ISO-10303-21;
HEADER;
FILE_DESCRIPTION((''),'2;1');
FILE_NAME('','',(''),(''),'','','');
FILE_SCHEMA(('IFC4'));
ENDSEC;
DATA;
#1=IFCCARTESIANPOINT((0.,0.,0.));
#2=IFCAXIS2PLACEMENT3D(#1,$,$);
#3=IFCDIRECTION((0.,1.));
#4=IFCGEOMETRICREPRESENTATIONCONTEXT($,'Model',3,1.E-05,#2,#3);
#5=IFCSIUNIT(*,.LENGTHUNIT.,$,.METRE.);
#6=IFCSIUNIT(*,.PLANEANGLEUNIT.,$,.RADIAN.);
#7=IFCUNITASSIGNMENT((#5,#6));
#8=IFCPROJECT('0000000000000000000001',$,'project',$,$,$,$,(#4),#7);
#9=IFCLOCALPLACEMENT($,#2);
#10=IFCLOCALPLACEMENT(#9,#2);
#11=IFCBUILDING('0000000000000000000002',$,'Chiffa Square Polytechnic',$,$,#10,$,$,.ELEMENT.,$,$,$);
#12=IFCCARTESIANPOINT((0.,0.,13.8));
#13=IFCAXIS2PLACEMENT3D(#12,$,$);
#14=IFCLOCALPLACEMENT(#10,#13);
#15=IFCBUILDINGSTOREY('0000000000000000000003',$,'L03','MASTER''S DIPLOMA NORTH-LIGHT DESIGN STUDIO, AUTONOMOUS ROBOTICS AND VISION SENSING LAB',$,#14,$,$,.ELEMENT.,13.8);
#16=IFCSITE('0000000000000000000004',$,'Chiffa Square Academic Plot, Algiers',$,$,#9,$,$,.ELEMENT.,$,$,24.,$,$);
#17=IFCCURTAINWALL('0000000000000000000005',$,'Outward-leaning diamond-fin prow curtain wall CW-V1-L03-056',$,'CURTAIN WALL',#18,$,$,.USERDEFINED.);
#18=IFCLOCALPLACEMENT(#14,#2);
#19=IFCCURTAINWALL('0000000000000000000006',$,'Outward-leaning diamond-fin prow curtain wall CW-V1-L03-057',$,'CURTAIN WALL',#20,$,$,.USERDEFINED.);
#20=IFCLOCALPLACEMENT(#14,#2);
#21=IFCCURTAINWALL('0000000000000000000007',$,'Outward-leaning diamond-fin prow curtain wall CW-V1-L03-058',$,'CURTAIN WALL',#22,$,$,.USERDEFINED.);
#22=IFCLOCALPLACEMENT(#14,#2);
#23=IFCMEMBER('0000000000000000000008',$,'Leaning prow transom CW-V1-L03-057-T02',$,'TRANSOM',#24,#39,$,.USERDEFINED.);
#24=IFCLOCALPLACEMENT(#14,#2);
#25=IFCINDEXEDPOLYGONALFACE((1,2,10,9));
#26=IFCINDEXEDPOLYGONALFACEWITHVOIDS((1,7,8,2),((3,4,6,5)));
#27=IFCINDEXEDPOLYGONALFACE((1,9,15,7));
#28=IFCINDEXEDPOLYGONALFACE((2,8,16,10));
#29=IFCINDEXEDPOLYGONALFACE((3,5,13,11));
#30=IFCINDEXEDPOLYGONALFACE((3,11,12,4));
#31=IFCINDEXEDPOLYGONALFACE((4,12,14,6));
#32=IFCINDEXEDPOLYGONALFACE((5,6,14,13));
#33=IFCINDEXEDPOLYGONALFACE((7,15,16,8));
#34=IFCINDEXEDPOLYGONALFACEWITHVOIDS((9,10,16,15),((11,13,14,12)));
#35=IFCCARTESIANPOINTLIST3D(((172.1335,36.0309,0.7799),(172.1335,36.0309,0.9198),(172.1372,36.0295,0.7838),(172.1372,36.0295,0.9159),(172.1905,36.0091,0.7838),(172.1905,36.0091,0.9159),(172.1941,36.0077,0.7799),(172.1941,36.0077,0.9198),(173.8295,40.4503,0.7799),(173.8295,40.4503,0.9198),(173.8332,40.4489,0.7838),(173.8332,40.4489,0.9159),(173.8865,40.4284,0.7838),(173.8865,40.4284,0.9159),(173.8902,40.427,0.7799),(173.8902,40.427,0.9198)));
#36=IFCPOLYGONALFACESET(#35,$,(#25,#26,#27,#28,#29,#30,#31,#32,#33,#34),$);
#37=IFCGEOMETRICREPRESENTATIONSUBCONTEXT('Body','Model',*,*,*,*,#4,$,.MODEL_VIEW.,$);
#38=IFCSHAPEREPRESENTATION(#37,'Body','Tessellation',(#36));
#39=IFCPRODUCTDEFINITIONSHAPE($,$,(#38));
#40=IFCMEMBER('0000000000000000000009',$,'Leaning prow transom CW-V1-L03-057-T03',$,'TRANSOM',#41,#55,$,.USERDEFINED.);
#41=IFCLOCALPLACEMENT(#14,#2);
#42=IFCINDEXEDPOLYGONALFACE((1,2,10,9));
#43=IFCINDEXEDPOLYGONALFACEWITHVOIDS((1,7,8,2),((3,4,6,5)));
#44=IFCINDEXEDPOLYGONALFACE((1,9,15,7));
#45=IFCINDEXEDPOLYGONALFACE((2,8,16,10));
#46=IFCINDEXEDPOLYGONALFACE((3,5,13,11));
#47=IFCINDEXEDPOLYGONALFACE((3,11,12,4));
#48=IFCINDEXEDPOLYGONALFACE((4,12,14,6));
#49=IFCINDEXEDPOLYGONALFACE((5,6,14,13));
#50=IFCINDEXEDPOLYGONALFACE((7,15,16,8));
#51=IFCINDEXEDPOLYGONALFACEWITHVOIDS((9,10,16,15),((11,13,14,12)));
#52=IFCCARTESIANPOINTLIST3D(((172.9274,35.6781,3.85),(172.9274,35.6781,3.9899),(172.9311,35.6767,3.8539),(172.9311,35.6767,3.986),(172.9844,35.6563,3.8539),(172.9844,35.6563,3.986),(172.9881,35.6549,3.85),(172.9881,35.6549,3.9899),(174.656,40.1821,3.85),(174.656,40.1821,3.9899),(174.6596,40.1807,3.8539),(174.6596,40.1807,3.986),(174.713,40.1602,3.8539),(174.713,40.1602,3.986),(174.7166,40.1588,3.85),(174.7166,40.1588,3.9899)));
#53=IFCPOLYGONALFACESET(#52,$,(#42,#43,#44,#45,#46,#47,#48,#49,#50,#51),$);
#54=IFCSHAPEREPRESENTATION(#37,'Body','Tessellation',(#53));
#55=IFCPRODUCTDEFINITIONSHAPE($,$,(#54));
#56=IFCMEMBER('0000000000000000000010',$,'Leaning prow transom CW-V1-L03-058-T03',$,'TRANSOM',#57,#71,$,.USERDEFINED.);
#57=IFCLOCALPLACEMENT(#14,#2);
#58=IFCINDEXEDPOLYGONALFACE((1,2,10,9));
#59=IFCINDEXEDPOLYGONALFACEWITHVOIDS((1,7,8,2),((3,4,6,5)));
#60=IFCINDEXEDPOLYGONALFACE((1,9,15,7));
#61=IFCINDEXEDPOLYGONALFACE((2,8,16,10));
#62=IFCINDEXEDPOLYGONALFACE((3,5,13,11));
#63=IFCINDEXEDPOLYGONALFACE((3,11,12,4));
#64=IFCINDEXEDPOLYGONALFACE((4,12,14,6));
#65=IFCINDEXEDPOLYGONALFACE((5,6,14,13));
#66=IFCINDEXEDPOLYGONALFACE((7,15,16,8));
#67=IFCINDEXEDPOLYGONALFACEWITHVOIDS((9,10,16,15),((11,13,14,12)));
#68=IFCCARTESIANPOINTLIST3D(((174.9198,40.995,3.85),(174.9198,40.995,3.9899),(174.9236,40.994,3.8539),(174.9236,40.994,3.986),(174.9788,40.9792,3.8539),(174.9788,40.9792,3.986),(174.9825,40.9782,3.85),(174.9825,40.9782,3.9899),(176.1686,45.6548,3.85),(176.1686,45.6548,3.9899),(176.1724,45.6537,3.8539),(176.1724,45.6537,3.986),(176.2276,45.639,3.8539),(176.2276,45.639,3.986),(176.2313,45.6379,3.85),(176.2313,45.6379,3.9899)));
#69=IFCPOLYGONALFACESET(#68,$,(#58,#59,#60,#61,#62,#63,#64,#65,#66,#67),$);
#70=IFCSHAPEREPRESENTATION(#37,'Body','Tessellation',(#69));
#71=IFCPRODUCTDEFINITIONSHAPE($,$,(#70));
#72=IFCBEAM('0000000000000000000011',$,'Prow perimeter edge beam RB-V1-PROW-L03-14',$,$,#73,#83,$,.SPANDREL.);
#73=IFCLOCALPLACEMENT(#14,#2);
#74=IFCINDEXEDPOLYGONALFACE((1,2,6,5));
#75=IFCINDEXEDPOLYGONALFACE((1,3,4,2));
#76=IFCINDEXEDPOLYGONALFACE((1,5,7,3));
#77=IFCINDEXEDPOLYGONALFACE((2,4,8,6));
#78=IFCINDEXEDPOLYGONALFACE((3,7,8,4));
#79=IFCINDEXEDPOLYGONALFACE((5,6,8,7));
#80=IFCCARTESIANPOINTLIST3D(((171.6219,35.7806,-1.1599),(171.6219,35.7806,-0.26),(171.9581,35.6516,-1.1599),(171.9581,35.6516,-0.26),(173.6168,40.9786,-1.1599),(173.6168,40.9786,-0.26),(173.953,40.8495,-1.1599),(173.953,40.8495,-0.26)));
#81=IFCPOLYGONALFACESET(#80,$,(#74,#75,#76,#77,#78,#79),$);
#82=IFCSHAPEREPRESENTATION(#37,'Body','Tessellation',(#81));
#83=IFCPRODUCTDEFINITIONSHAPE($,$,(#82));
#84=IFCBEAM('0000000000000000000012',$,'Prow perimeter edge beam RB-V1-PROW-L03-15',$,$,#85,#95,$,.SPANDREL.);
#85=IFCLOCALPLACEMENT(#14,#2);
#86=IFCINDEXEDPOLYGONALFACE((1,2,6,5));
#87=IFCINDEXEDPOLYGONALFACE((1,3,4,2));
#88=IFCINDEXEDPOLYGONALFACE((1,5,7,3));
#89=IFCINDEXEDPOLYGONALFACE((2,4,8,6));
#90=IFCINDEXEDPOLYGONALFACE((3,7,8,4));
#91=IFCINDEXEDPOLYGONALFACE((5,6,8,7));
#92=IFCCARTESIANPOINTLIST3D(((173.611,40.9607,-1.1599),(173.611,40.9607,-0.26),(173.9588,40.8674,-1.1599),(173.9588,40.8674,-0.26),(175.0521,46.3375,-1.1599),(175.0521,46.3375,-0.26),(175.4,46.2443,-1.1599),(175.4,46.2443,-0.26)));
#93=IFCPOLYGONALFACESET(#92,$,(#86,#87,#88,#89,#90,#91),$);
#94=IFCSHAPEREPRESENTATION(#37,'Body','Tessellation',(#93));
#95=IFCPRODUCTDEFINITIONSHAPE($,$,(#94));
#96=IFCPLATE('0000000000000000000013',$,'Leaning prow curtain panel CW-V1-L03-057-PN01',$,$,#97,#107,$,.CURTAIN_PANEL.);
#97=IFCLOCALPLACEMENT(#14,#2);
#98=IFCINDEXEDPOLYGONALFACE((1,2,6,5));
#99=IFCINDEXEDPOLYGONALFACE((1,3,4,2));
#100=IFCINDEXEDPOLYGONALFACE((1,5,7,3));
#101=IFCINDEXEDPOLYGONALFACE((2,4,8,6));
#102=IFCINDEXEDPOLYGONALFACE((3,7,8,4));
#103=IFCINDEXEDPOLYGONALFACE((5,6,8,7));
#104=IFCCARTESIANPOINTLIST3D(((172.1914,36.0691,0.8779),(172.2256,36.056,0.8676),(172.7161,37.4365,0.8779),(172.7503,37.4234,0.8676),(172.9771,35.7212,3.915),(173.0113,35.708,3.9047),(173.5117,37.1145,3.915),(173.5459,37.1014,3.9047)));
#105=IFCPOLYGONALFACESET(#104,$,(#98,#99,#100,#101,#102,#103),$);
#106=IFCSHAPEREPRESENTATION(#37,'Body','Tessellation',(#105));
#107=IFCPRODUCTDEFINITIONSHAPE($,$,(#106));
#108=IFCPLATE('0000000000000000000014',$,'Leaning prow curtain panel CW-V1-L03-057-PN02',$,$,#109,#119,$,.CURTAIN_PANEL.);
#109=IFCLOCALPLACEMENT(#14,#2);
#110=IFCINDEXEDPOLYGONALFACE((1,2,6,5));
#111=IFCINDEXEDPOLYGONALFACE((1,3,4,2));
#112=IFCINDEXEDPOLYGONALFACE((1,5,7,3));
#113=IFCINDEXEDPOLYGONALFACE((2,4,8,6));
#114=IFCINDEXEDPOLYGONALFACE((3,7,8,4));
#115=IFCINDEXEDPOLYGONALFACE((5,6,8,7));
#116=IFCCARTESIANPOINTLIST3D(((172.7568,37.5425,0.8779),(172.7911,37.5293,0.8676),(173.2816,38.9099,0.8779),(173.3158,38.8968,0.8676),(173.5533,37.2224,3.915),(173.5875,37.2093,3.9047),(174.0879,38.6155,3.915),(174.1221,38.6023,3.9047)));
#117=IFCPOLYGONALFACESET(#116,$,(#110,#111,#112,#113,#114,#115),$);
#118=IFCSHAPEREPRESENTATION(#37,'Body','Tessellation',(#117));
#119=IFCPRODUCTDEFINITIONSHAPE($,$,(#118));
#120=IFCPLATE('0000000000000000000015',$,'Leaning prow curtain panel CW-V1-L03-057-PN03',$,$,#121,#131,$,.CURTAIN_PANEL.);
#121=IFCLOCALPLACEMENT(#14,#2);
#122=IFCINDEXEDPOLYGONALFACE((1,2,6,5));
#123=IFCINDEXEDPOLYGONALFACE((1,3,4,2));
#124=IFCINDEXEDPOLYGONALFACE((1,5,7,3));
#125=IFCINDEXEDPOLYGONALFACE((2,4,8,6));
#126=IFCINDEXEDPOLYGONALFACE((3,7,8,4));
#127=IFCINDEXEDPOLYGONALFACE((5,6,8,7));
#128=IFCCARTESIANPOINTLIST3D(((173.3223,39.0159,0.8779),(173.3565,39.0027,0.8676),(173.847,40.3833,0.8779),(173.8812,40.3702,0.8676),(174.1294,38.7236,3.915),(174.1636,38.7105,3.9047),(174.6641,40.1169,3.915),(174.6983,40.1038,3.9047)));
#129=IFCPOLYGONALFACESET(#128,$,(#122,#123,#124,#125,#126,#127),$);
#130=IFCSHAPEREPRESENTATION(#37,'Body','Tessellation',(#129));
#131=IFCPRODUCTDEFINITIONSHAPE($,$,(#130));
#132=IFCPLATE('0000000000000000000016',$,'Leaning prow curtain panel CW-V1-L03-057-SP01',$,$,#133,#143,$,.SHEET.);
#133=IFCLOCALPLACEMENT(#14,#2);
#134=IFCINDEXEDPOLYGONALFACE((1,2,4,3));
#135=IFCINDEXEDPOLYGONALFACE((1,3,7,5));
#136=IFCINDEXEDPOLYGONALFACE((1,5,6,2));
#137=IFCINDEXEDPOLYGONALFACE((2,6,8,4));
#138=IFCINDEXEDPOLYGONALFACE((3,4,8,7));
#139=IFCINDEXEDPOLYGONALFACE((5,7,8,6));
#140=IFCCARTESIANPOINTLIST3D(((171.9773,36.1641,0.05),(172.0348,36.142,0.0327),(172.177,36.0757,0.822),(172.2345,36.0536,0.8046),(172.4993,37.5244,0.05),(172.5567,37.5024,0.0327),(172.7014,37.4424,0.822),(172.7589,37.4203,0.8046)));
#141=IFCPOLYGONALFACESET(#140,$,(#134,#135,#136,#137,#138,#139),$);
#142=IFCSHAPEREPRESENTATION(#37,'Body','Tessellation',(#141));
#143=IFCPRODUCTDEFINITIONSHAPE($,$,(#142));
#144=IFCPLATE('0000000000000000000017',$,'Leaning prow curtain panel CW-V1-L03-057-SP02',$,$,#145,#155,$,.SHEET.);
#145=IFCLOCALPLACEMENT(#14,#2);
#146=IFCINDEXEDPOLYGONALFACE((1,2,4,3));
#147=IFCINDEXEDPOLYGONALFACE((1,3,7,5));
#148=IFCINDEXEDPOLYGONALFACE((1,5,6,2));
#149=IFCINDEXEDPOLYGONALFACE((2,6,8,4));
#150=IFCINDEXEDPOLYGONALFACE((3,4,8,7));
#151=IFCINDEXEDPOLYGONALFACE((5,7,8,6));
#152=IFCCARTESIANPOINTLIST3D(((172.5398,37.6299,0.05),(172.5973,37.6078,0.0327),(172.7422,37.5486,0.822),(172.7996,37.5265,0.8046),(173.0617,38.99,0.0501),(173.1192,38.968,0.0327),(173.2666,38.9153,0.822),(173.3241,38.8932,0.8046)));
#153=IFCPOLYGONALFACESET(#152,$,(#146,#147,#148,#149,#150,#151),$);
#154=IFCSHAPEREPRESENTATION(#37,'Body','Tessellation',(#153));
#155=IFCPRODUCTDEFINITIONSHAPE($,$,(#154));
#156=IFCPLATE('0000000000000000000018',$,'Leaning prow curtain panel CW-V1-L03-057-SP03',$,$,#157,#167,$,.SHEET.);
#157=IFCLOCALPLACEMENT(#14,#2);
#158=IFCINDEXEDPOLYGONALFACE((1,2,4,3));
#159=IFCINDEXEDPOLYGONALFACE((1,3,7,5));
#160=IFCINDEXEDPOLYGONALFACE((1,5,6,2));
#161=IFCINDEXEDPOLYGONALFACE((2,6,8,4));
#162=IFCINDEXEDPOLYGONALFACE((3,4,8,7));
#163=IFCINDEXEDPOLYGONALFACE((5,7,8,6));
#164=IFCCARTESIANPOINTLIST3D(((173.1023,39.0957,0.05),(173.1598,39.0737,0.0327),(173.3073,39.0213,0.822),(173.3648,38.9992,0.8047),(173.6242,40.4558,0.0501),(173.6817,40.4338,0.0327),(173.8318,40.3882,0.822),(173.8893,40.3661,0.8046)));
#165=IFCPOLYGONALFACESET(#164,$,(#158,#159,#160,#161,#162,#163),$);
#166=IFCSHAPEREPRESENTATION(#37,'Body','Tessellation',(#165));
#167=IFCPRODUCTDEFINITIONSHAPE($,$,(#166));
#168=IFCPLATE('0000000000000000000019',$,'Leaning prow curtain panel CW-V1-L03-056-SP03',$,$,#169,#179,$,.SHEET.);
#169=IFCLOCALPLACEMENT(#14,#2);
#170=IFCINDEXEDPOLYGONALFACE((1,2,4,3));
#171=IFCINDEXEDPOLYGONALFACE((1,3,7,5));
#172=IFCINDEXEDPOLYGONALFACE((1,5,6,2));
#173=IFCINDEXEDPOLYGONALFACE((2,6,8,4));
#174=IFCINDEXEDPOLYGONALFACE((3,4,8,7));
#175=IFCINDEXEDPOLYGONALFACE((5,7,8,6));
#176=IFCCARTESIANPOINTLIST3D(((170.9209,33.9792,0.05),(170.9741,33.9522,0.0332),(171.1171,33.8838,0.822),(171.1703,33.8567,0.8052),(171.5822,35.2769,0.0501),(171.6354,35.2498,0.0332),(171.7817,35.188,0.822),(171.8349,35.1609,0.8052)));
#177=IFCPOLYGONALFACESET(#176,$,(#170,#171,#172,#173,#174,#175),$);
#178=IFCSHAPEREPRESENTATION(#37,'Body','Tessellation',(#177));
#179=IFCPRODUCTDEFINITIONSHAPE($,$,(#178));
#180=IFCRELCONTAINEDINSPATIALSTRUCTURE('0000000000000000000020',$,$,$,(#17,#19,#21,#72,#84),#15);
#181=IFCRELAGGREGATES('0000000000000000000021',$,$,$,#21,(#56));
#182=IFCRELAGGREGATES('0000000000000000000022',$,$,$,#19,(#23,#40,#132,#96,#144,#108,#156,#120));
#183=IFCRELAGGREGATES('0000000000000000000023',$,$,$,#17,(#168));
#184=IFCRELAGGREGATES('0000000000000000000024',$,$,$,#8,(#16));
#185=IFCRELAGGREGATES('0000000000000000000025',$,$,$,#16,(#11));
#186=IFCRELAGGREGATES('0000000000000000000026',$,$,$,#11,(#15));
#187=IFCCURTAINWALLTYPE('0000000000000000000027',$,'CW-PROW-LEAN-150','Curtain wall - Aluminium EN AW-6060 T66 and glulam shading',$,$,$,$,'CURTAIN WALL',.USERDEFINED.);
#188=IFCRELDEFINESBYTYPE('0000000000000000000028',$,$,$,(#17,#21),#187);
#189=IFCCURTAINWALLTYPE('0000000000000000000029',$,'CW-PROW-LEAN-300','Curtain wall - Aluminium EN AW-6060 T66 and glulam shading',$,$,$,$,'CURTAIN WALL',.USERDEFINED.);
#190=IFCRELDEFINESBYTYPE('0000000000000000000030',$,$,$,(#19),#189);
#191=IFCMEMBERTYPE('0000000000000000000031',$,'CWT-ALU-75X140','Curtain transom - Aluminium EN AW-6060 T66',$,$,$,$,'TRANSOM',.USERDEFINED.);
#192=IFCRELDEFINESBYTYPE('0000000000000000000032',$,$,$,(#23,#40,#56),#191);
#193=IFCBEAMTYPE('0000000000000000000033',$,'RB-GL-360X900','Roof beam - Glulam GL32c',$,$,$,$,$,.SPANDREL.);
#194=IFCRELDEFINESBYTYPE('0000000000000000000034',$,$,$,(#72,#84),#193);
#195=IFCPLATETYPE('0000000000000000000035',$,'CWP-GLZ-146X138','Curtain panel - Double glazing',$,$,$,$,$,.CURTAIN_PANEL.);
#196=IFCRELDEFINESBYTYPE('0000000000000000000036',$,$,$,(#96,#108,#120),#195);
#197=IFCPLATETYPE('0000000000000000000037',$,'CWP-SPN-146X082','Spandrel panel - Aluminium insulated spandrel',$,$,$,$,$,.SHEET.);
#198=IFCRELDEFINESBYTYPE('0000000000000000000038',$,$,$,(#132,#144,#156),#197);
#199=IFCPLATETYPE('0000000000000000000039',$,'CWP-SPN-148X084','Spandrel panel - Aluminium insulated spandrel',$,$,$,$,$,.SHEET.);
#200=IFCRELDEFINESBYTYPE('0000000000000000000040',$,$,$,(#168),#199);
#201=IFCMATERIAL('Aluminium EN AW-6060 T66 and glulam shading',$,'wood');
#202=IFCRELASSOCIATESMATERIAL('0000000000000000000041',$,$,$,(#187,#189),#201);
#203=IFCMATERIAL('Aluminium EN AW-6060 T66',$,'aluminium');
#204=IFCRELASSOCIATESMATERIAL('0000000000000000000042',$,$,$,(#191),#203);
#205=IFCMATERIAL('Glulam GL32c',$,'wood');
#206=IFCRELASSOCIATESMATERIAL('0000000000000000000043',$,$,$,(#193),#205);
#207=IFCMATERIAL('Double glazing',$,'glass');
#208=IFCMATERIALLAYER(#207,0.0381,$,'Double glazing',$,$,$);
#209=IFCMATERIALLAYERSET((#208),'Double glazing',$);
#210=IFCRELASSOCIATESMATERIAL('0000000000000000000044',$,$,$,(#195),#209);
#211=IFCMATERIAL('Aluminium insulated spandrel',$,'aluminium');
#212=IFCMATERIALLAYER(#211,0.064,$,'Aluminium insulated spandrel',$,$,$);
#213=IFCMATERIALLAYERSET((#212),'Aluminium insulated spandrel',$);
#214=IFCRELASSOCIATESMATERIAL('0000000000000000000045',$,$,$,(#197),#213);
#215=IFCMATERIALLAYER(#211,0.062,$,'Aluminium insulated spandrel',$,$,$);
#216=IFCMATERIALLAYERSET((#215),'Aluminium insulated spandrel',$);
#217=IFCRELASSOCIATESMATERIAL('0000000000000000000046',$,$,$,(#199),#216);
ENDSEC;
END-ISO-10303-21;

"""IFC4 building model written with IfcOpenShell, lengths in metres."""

from ifc_helpers import new_model, si_unit, direction, frame, origin, origin_2d, place, context, subcontext, project, spatial, polyline, rectangle, hollow_rectangle, outline, extrude, material, layer, layer_set, material_profile, profile_set, type_object, element, aggregate, save


model = new_model("IFC4")

# Units and contexts
model_context = context("Model", 3, precision=1e-05, world=origin(), true_north=direction((0.0, 1.0)))
body_context = subcontext(model_context, "Body", "Model", "MODEL_VIEW")
ifc_project = project(units=[si_unit("LENGTHUNIT", "METRE"), si_unit("PLANEANGLEUNIT", "RADIAN")], contexts=[model_context])

# Site, building, storey
site_placement = place(None, origin())
site = spatial("IfcSite", under=ifc_project, at=site_placement, Name="Chiffa Square Academic Plot, Algiers", CompositionType="ELEMENT", RefElevation=24.0)
building_placement = place(site_placement, origin())
building = spatial("IfcBuilding", under=site, at=building_placement, Name="Chiffa Square Polytechnic", CompositionType="ELEMENT")
storey_placement = place(building_placement, frame((0.0, 0.0, 13.8)))
storey = spatial("IfcBuildingStorey", under=building, at=storey_placement, Name="L03", Description="MASTER'S DIPLOMA NORTH-LIGHT DESIGN STUDIO, AUTONOMOUS ROBOTICS AND VISION SENSING LAB", CompositionType="ELEMENT", Elevation=13.8)

# Shared definitions
ifc_material_1 = material(Name="Glulam GL32c", Category="wood")

# Curtain wall
ifc_material_2 = material(Name="Aluminium EN AW-6060 T66 and glulam shading", Category="wood")
curtain_wall_type_1 = type_object("IfcCurtainWallType", Name="CW-PROW-LEAN-150", Description="Curtain wall - Aluminium EN AW-6060 T66 and glulam shading", ElementType="CURTAIN WALL", PredefinedType="USERDEFINED", material=ifc_material_2)
curtain_wall_1_placement = place(storey_placement, origin())
curtain_wall_1 = element("IfcCurtainWall", 1, at=curtain_wall_1_placement, inside=storey, type_object=curtain_wall_type_1, Name="Outward-leaning diamond-fin prow curtain wall CW-V1-L03-056", ObjectType="CURTAIN WALL", PredefinedType="USERDEFINED")
ifc_material_3 = material(Name="Aluminium EN AW-6060 T66", Category="aluminium")

# Curtain wall
curtain_wall_type_2 = type_object("IfcCurtainWallType", Name="CW-PROW-LEAN-300", Description="Curtain wall - Aluminium EN AW-6060 T66 and glulam shading", ElementType="CURTAIN WALL", PredefinedType="USERDEFINED", material=ifc_material_2)
curtain_wall_2_placement = place(storey_placement, origin())
curtain_wall_2 = element("IfcCurtainWall", 2, at=curtain_wall_2_placement, inside=storey, type_object=curtain_wall_type_2, Name="Outward-leaning diamond-fin prow curtain wall CW-V1-L03-057", ObjectType="CURTAIN WALL", PredefinedType="USERDEFINED")

# Curtain wall
curtain_wall_3_placement = place(storey_placement, origin())
curtain_wall_3 = element("IfcCurtainWall", 3, at=curtain_wall_3_placement, inside=storey, type_object=curtain_wall_type_1, Name="Outward-leaning diamond-fin prow curtain wall CW-V1-L03-058", ObjectType="CURTAIN WALL", PredefinedType="USERDEFINED")

# Members
ifc_material_profile_1 = material_profile(ifc_material_3, hollow_rectangle(XDim=0.0649, YDim=0.1399, WallThickness=0.0039, at=origin_2d()), Name="ALU 65x140x4")
ifc_profile_set_1 = profile_set([ifc_material_profile_1], Name="Aluminium EN AW-6060 T66")
member_type_1 = type_object("IfcMemberType", Name="CWT-ALU-75X140", Description="Curtain transom - Aluminium EN AW-6060 T66", ElementType="TRANSOM", PredefinedType="USERDEFINED", material=ifc_profile_set_1)
member_1_placement = place(storey_placement, frame((172.1638, 36.0193, 0.8499), z_axis=(0.358291, 0.93361, 0.0), x_axis=(-0.93361, 0.358291, 0.0)))
member_1 = element("IfcMember", 4, at=member_1_placement, type_object=member_type_1, Name="Leaning prow transom CW-V1-L03-057-T02", ObjectType="TRANSOM", PredefinedType="USERDEFINED", context=body_context, shape_type="SweptSolid", body=[
    extrude(hollow_rectangle(XDim=0.0649, YDim=0.1399, WallThickness=0.0039, at=origin_2d()), origin(), (0.0, 0.0, 1.0), 4.7336),
])
member_2_placement = place(storey_placement, frame((172.9578, 35.6665, 3.9199), z_axis=(0.358301, 0.933606, 0.0), x_axis=(-0.933606, 0.358301, 0.0)))
member_2 = element("IfcMember", 5, at=member_2_placement, type_object=member_type_1, Name="Leaning prow transom CW-V1-L03-057-T03", ObjectType="TRANSOM", PredefinedType="USERDEFINED", context=body_context, shape_type="SweptSolid", body=[
    extrude(hollow_rectangle(XDim=0.0649, YDim=0.1399, WallThickness=0.0039, at=origin_2d()), origin(), (0.0, 0.0, 1.0), 4.8242),
])
member_3_placement = place(storey_placement, frame((174.9512, 40.9866, 3.9199), z_axis=(0.258863, 0.965914, 0.0), x_axis=(-0.965914, 0.258863, 0.0)))
member_3 = element("IfcMember", 6, at=member_3_placement, type_object=member_type_1, Name="Leaning prow transom CW-V1-L03-058-T03", ObjectType="TRANSOM", PredefinedType="USERDEFINED", context=body_context, shape_type="SweptSolid", body=[
    extrude(hollow_rectangle(XDim=0.0649, YDim=0.1399, WallThickness=0.0039, at=origin_2d()), origin(), (0.0, 0.0, 1.0), 4.8242),
])
aggregate(curtain_wall_3, [member_3])

# Beams
ifc_material_profile_2 = material_profile(ifc_material_1, rectangle(XDim=0.3601, YDim=0.8999, at=origin_2d()), Name="GL32c 360x900")
ifc_profile_set_2 = profile_set([ifc_material_profile_2], Name="Glulam GL32c")
beam_type_1 = type_object("IfcBeamType", Name="RB-GL-360X900", Description="Roof beam - Glulam GL32c", PredefinedType="SPANDREL", material=ifc_profile_set_2)
beam_1_placement = place(storey_placement, frame((171.79, 35.7161, -0.71), z_axis=(0.358297, 0.933608, 0.0), x_axis=(-0.933608, 0.358297, 0.0)))
element("IfcBeam", 7, at=beam_1_placement, inside=storey, type_object=beam_type_1, Name="Prow perimeter edge beam RB-V1-PROW-L03-14", PredefinedType="SPANDREL", context=body_context, shape_type="SweptSolid", body=[
    extrude(rectangle(XDim=0.3601, YDim=0.8999, at=origin_2d()), origin(), (0.0, 0.0, 1.0), 5.5676),
])
beam_2_placement = place(storey_placement, frame((173.7849, 40.9141, -0.71), z_axis=(0.258888, 0.965907, 0.0), x_axis=(-0.965907, 0.258888, 0.0)))
element("IfcBeam", 8, at=beam_2_placement, inside=storey, type_object=beam_type_1, Name="Prow perimeter edge beam RB-V1-PROW-L03-15", PredefinedType="SPANDREL", context=body_context, shape_type="SweptSolid", body=[
    extrude(rectangle(XDim=0.3601, YDim=0.8999, at=origin_2d()), origin(), (0.0, 0.0, 1.0), 5.5667),
])

# Plates
ifc_material_4 = material(Name="Double glazing", Category="glass")
ifc_layer_1 = layer(ifc_material_4, 0.0381, Name="Double glazing")
ifc_layer_set_1 = layer_set([ifc_layer_1], Name="Double glazing")
plate_type_1 = type_object("IfcPlateType", Name="CWP-GLZ-146X138", Description="Curtain panel - Double glazing", PredefinedType="CURTAIN_PANEL", material=ifc_layer_set_1)
plate_1_placement = place(storey_placement, frame((172.1914, 36.0691, 0.8779), z_axis=(-0.89845, 0.344745, 0.271915), x_axis=(0.358241, 0.933629, -0.000007)))
plate_1 = element("IfcPlate", 9, at=plate_1_placement, type_object=plate_type_1, Name="Leaning prow curtain panel CW-V1-L03-057-PN01", PredefinedType="CURTAIN_PANEL", context=body_context, shape_type="SweptSolid", body=[
    extrude(outline(polyline([(0.0, 0.0), (1.4646, 0.0), (1.449, -3.156), (-0.0434, -3.156), (0.0, 0.0)])), origin(), (0.0, 0.0, -1.0), 0.0381),
])
plate_2_placement = place(storey_placement, frame((172.7568, 37.5425, 0.8779), z_axis=(-0.898432, 0.344769, 0.271945), x_axis=(0.358267, 0.933619, -0.000014)))
plate_2 = element("IfcPlate", 10, at=plate_2_placement, type_object=plate_type_1, Name="Leaning prow curtain panel CW-V1-L03-057-PN02", PredefinedType="CURTAIN_PANEL", context=body_context, shape_type="SweptSolid", body=[
    extrude(outline(polyline([(0.0, 0.0), (1.4646, 0.0), (1.4786, -3.1561), (-0.0135, -3.156), (0.0, 0.0)])), origin(), (0.0, 0.0, -1.0), 0.0381),
])
plate_3_placement = place(storey_placement, frame((173.3223, 39.0159, 0.8779), z_axis=(-0.898441, 0.344742, 0.271949), x_axis=(0.358241, 0.933629, -0.000007)))
plate_3 = element("IfcPlate", 11, at=plate_3_placement, type_object=plate_type_1, Name="Leaning prow curtain panel CW-V1-L03-057-PN03", PredefinedType="CURTAIN_PANEL", context=body_context, shape_type="SweptSolid", body=[
    extrude(outline(polyline([(0.0, 0.0), (1.4646, 0.0), (1.5087, -3.1561), (0.0163, -3.156), (0.0, 0.0)])), origin(), (0.0, 0.0, -1.0), 0.0381),
])
ifc_material_5 = material(Name="Aluminium insulated spandrel", Category="aluminium")
ifc_layer_2 = layer(ifc_material_5, 0.064, Name="Aluminium insulated spandrel")
ifc_layer_set_2 = layer_set([ifc_layer_2], Name="Aluminium insulated spandrel")
plate_type_2 = type_object("IfcPlateType", Name="CWP-SPN-146X082", Description="Spandrel panel - Aluminium insulated spandrel", PredefinedType="SHEET", material=ifc_layer_set_2)
plate_4_placement = place(storey_placement, frame((171.9773, 36.1641, 0.05), z_axis=(-0.898456, 0.344743, 0.271899), x_axis=(0.35824, 0.93363, 0.0)))
plate_4 = element("IfcPlate", 12, at=plate_4_placement, type_object=plate_type_2, Name="Leaning prow curtain panel CW-V1-L03-057-SP01", PredefinedType="SHEET", context=body_context, shape_type="SweptSolid", body=[
    extrude(outline(polyline([(0.0, 0.0), (1.4571, 0.0), (1.4529, -0.8022), (-0.011, -0.8022), (0.0, 0.0)])), origin(), (0.0, 0.0, -1.0), 0.064),
])
plate_5_placement = place(storey_placement, frame((172.5398, 37.6299, 0.05), z_axis=(-0.898468, 0.344779, 0.271815), x_axis=(0.35827, 0.933618, 0.000007)))
plate_5 = element("IfcPlate", 13, at=plate_5_placement, type_object=plate_type_2, Name="Leaning prow curtain panel CW-V1-L03-057-SP02", PredefinedType="SHEET", context=body_context, shape_type="SweptSolid", body=[
    extrude(outline(polyline([(0.0, 0.0), (1.4568, 0.0), (1.4605, -0.8022), (-0.0034, -0.8022), (0.0, 0.0)])), origin(), (0.0, 0.0, -1.0), 0.064),
])
plate_6_placement = place(storey_placement, frame((173.1023, 39.0957, 0.05), z_axis=(-0.898474, 0.34475, 0.271832), x_axis=(0.358244, 0.933628, 0.000015)))
plate_6 = element("IfcPlate", 14, at=plate_6_placement, type_object=plate_type_2, Name="Leaning prow curtain panel CW-V1-L03-057-SP03", PredefinedType="SHEET", context=body_context, shape_type="SweptSolid", body=[
    extrude(outline(polyline([(0.0, 0.0), (1.4568, 0.0), (1.468, -0.8022), (0.004, -0.8022), (0.0, 0.0)])), origin(), (0.0, 0.0, -1.0), 0.064),
])
aggregate(curtain_wall_2, [member_1, member_2, plate_4, plate_1, plate_5, plate_2, plate_6, plate_3])
ifc_layer_3 = layer(ifc_material_5, 0.062, Name="Aluminium insulated spandrel")
ifc_layer_set_3 = layer_set([ifc_layer_3], Name="Aluminium insulated spandrel")
plate_type_3 = type_object("IfcPlateType", Name="CWP-SPN-148X084", Description="Spandrel panel - Aluminium insulated spandrel", PredefinedType="SHEET", material=ifc_layer_set_3)
plate_7_placement = place(storey_placement, frame((170.9209, 33.9792, 0.05), z_axis=(-0.857397, 0.436945, 0.271938), x_axis=(0.45406, 0.890971, 0.000015)))
plate_7 = element("IfcPlate", 15, at=plate_7_placement, type_object=plate_type_3, Name="Leaning prow curtain panel CW-V1-L03-056-SP03", PredefinedType="SHEET", context=body_context, shape_type="SweptSolid", body=[
    extrude(outline(polyline([(0.0, 0.0), (1.4564, 0.0), (1.4678, -0.8022), (0.0041, -0.8022), (0.0, 0.0)])), origin(), (0.0, 0.0, -1.0), 0.062),
])
aggregate(curtain_wall_1, [plate_7])

save(model, "model.ifc")
